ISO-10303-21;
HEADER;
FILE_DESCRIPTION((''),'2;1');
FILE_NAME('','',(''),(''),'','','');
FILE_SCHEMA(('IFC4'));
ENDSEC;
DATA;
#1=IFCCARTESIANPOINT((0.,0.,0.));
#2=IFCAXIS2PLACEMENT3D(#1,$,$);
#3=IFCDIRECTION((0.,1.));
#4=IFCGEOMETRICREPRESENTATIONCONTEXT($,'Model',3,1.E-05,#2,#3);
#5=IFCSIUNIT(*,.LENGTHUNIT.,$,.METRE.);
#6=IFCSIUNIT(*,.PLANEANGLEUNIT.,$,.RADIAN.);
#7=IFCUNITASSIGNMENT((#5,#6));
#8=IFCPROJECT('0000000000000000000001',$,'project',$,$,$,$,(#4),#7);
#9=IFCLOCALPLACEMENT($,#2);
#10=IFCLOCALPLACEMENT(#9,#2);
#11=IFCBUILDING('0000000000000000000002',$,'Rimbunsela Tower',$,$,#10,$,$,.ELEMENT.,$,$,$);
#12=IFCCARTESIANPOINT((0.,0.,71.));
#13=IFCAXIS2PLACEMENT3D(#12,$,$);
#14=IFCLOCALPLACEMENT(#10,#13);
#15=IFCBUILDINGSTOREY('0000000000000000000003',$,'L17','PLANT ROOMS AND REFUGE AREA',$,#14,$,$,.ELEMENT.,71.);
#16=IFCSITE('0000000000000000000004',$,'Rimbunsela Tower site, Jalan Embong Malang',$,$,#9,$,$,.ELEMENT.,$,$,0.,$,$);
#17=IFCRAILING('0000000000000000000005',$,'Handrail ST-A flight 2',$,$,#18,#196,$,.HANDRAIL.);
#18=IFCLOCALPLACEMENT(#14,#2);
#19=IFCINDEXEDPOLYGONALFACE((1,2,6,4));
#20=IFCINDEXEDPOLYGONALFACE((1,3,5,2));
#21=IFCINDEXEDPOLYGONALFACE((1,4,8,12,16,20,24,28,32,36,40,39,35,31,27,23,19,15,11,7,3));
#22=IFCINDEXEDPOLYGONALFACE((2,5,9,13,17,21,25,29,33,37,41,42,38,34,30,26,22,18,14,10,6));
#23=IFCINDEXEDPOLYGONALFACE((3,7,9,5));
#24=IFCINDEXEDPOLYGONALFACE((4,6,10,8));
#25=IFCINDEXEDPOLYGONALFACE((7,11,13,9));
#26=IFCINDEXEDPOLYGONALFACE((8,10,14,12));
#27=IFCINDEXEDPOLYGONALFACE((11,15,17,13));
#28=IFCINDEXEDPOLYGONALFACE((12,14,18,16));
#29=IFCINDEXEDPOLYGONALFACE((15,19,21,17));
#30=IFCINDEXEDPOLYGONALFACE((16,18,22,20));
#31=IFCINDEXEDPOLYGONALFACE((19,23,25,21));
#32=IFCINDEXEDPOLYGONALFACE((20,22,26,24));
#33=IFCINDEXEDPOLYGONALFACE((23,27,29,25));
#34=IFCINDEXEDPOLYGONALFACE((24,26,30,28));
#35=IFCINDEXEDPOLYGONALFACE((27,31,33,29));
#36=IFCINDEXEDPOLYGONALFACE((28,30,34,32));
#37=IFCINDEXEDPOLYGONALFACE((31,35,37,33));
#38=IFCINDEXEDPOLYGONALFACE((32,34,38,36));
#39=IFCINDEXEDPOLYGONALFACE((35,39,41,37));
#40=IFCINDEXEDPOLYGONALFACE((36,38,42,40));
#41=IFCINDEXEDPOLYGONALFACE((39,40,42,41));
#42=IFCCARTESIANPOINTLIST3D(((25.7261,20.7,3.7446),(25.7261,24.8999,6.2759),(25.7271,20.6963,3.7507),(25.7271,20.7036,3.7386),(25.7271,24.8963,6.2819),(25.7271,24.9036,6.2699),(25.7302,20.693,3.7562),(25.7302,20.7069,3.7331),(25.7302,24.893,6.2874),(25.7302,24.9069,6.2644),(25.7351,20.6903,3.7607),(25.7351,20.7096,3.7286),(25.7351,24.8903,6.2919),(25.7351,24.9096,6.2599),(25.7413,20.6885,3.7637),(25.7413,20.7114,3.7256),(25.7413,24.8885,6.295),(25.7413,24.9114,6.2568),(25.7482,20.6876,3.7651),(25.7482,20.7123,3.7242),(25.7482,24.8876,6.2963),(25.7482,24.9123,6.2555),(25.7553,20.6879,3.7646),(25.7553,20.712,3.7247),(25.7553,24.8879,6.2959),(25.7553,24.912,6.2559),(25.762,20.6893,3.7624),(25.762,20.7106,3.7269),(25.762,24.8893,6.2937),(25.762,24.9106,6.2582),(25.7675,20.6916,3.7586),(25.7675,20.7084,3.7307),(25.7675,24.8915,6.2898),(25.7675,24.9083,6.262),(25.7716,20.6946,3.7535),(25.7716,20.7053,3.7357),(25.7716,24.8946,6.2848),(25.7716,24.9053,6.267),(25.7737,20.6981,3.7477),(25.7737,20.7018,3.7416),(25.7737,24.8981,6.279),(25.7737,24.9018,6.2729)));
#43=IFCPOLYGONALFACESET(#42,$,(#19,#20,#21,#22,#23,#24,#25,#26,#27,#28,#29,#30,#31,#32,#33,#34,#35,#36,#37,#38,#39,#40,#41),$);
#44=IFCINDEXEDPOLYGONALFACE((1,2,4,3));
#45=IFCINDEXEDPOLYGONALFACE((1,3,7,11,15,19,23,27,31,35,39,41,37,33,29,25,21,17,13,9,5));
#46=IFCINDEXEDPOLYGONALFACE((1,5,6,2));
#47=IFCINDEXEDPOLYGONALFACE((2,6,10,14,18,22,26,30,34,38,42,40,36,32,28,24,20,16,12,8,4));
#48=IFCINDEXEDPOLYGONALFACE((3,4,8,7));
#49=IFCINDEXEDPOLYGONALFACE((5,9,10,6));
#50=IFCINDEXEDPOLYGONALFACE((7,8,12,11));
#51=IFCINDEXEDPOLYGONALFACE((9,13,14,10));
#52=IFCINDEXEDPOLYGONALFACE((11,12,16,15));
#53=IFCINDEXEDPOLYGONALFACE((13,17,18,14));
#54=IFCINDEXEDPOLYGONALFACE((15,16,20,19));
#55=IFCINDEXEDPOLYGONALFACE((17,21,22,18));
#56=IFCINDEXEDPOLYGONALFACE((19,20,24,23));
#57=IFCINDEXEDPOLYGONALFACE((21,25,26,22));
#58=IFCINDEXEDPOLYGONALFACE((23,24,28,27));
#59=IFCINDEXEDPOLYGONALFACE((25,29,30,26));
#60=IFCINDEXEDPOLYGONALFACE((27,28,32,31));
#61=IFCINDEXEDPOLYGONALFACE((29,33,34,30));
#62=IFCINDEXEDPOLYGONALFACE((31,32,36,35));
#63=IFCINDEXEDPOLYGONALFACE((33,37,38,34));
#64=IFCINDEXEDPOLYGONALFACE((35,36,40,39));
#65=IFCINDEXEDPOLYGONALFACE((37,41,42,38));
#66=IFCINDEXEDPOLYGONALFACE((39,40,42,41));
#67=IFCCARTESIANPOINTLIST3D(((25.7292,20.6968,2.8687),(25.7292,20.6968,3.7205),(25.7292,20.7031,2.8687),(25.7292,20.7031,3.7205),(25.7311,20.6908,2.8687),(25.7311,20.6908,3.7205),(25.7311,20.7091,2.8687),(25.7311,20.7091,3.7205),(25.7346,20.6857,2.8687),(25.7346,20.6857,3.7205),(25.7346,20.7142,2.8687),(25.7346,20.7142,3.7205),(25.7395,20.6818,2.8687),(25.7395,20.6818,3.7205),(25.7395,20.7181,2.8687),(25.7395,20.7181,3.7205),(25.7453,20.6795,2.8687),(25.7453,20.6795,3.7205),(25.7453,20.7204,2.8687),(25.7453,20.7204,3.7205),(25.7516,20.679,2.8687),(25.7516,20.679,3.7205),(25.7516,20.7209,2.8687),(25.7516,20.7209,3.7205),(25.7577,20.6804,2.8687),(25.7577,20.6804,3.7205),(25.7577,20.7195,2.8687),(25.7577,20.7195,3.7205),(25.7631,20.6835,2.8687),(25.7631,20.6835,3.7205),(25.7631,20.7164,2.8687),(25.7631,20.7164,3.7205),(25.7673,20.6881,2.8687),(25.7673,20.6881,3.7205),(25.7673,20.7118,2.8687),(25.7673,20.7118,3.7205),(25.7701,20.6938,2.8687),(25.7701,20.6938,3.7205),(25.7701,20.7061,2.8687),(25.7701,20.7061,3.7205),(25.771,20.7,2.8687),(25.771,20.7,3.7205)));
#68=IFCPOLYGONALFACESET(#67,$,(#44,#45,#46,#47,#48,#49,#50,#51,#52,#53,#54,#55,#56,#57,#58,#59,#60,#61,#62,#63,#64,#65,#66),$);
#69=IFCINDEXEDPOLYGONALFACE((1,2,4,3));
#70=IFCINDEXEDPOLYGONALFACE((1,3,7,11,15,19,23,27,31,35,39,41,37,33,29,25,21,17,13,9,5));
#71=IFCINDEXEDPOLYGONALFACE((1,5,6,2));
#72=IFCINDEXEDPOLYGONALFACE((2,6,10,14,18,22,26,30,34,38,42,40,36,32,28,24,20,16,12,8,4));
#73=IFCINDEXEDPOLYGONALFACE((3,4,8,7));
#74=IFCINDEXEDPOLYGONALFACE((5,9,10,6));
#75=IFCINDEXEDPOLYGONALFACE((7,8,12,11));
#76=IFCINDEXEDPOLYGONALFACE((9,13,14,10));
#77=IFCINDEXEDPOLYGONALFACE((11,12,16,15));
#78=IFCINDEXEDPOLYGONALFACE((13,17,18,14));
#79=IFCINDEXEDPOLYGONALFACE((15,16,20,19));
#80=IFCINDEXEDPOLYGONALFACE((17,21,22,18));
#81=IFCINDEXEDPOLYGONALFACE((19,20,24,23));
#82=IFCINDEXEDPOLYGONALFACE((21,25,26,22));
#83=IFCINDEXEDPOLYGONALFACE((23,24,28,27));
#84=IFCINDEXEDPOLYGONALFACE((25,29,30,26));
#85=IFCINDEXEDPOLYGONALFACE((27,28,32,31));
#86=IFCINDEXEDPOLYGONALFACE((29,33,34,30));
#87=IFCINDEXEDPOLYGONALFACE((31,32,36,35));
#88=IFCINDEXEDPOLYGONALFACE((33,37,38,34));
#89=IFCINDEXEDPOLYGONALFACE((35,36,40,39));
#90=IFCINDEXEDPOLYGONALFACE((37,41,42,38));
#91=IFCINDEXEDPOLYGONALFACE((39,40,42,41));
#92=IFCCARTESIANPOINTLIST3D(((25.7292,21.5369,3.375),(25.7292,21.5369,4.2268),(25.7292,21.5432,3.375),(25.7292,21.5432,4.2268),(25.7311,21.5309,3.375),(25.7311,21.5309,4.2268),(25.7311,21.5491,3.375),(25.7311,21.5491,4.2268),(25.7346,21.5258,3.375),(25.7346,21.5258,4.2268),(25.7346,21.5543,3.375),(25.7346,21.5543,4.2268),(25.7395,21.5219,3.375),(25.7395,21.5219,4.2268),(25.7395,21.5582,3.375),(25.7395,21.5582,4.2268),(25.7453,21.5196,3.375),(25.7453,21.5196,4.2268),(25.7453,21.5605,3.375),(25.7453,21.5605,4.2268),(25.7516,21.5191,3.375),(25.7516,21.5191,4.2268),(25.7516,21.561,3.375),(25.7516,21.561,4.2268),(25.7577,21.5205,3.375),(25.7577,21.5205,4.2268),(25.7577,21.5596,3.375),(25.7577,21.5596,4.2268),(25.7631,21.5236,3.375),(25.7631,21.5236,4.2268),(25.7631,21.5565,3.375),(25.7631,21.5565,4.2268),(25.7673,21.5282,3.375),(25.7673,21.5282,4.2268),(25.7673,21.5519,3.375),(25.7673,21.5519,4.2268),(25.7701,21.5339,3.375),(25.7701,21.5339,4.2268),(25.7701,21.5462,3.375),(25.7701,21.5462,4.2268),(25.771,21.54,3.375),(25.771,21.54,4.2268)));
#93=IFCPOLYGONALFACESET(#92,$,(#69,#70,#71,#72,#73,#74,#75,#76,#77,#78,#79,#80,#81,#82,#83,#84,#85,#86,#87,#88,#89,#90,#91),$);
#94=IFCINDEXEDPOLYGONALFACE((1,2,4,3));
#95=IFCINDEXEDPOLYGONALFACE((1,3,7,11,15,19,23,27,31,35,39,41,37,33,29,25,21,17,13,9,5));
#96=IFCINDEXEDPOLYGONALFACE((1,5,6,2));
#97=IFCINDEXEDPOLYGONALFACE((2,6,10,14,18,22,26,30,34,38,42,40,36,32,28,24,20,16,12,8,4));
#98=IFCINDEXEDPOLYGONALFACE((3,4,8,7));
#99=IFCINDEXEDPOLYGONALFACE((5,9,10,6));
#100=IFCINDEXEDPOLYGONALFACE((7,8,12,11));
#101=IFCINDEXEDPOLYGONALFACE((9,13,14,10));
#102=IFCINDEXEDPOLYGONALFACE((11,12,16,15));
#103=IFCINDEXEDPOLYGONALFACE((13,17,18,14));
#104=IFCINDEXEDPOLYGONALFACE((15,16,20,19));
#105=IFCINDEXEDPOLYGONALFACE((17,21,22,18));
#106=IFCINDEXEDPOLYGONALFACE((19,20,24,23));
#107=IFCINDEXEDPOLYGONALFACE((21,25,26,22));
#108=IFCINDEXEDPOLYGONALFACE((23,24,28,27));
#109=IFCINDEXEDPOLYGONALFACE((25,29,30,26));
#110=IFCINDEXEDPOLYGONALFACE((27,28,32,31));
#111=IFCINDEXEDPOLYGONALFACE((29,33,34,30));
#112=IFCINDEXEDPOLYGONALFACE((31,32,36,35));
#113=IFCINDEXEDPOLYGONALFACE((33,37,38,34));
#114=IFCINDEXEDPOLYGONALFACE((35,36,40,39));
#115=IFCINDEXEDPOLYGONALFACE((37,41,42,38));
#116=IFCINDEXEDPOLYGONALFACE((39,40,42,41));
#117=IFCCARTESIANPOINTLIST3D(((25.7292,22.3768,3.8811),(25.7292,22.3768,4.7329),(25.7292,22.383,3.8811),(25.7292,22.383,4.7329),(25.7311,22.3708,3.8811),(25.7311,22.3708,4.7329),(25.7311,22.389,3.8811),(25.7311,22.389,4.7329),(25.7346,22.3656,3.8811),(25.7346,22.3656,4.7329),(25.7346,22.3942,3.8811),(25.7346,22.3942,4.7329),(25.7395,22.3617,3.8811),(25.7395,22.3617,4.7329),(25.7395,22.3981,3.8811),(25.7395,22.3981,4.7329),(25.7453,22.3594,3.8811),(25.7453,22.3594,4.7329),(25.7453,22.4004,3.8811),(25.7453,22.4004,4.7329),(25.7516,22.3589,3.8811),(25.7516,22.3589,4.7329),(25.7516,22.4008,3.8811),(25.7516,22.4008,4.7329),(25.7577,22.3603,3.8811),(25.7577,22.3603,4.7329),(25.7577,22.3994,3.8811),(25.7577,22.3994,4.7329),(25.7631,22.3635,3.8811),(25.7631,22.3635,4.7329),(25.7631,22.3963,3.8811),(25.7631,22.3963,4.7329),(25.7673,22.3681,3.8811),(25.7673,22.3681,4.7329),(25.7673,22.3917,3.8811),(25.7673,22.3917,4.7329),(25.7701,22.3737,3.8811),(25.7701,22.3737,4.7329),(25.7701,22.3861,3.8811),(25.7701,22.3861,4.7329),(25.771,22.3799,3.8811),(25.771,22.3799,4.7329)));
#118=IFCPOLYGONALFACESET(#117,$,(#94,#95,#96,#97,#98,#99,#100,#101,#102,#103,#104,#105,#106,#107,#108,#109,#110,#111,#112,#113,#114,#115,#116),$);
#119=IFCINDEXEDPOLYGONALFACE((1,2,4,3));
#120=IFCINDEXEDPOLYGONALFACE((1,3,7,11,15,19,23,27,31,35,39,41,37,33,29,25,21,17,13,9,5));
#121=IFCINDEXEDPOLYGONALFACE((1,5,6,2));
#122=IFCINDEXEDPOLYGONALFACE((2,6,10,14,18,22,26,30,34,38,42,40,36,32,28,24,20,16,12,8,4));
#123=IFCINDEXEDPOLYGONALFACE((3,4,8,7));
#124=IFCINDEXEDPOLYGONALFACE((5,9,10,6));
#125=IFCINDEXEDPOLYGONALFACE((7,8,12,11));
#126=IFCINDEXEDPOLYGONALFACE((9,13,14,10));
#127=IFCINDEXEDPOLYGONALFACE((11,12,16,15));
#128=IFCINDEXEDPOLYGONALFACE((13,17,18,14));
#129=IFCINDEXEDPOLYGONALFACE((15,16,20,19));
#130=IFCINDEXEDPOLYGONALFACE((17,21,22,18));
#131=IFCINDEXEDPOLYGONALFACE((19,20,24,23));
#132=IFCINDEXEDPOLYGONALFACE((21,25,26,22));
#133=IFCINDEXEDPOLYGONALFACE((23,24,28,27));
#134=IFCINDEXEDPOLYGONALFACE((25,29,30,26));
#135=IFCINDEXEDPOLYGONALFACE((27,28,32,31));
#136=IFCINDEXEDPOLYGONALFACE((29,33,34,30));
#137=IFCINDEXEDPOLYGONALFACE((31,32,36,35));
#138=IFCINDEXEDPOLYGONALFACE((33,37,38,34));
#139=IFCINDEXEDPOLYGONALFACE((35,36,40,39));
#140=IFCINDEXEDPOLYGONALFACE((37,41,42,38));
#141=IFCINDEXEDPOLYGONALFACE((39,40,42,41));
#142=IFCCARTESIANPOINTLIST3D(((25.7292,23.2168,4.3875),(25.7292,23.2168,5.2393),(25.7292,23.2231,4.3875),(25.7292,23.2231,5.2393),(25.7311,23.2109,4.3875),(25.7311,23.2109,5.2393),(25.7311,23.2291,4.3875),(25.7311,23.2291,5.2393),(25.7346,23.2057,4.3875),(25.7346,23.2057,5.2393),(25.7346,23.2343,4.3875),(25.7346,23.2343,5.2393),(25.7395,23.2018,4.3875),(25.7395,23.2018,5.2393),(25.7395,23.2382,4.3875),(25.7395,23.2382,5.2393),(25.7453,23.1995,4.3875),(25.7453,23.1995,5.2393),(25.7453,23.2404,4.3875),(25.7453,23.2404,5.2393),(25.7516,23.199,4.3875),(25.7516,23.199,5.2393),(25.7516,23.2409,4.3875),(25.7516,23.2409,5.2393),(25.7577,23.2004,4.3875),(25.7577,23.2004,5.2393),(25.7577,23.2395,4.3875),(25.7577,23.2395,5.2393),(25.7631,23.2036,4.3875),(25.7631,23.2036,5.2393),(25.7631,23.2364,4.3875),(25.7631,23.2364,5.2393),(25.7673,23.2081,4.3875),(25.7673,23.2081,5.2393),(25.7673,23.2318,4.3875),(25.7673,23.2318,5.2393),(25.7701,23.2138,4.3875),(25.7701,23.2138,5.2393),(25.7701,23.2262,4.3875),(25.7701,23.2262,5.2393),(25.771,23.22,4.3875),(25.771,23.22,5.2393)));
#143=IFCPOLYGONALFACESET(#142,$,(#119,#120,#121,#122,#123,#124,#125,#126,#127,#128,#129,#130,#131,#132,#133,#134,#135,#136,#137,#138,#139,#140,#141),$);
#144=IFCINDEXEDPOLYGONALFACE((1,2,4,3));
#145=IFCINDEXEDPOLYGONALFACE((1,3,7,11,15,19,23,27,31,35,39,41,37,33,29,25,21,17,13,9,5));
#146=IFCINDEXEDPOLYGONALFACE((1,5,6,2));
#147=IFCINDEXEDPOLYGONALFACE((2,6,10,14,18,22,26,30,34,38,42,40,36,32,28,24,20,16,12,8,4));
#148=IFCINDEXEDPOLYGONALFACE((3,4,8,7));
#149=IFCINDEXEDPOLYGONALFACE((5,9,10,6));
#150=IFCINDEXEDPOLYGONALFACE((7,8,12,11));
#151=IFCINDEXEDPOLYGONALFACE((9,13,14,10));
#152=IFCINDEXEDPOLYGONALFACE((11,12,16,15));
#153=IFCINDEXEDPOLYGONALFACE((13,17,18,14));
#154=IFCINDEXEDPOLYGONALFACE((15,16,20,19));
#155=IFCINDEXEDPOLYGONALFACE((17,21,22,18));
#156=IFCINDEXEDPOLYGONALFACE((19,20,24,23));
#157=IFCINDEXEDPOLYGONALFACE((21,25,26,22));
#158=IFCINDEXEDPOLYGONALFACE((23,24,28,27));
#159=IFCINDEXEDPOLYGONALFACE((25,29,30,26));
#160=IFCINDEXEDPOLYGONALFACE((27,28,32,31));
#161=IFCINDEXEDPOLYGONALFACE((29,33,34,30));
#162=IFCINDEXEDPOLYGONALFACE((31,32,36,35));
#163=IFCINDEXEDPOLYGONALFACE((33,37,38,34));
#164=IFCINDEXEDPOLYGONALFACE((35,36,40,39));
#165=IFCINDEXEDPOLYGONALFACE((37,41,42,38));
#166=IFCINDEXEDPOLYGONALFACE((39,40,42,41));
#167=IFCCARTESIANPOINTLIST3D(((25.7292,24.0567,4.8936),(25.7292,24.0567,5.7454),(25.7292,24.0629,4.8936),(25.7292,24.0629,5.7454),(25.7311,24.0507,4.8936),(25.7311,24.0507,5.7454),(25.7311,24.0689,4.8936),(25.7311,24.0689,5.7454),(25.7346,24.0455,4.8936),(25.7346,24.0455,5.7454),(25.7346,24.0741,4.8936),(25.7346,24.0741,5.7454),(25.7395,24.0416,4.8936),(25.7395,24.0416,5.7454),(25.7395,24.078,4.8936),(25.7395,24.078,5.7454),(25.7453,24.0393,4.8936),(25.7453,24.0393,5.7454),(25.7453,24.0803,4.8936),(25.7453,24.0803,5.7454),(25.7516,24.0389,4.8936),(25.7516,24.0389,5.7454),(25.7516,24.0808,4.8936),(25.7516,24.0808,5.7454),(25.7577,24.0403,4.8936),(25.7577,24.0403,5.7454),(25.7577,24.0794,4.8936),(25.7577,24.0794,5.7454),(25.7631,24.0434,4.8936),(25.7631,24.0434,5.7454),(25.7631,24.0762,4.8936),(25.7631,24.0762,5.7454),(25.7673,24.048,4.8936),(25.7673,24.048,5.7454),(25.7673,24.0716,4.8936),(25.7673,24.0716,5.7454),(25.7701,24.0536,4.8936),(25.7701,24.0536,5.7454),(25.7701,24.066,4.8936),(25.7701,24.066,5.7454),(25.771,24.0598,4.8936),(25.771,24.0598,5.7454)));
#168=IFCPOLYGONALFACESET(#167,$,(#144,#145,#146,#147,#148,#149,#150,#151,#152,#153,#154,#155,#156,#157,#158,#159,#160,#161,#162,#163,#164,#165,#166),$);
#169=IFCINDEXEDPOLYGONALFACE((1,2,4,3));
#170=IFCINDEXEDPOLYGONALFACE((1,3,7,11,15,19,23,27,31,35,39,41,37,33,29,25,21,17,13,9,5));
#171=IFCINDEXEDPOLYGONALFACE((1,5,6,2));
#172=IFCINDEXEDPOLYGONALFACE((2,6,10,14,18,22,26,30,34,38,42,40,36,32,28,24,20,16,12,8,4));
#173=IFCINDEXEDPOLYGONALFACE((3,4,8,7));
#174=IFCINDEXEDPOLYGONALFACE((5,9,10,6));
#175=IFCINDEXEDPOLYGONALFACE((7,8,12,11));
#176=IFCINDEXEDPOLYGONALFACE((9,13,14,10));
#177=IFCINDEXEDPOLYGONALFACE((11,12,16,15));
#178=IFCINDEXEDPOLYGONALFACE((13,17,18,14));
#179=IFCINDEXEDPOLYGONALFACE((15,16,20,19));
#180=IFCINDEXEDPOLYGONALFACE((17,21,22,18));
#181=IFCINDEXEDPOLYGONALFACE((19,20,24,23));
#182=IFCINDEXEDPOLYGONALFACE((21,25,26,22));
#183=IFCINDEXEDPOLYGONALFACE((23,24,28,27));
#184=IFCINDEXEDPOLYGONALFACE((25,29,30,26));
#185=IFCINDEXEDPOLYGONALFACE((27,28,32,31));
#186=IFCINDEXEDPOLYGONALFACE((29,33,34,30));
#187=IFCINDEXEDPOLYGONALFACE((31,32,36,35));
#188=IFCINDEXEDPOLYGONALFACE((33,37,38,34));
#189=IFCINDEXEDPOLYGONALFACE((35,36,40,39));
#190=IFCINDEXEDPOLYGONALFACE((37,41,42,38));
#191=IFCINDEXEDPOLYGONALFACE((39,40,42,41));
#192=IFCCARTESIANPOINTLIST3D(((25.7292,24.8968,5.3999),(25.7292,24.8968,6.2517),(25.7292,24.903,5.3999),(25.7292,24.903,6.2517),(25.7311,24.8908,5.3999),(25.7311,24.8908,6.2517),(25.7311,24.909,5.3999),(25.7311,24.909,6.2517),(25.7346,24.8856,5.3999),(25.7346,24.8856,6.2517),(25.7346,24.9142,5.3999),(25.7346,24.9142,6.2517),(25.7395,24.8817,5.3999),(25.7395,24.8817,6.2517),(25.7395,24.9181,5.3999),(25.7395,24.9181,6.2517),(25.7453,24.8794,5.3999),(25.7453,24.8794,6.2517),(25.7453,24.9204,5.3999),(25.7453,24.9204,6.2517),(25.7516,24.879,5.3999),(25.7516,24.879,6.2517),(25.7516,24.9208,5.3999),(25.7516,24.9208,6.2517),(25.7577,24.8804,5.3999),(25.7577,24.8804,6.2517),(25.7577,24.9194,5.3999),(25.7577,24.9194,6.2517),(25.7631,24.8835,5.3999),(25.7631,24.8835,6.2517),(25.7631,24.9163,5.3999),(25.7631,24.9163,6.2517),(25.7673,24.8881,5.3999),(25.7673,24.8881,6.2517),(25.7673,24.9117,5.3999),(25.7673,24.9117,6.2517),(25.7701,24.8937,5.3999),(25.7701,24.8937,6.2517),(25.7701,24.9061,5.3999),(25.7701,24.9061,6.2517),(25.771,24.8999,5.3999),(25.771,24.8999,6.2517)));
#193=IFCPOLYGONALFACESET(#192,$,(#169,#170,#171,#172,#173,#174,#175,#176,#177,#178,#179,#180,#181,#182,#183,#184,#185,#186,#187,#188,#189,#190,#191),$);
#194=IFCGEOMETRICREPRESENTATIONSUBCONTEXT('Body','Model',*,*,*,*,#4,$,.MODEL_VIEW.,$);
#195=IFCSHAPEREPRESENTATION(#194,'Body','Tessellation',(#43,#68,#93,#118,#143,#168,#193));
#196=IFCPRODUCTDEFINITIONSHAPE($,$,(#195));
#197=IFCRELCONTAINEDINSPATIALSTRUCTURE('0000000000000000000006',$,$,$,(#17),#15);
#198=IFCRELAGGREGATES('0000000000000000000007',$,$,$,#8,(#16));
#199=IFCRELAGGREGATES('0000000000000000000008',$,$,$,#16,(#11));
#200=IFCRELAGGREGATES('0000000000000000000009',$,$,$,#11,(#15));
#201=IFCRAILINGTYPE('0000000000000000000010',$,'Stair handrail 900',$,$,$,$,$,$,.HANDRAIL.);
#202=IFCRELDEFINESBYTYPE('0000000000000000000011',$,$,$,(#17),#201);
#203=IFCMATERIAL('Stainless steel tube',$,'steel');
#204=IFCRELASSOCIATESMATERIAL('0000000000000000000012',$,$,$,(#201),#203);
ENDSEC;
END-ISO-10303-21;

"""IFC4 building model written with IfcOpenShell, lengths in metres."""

from ifc_helpers import new_model, si_unit, direction, frame, origin, origin_2d, place, context, subcontext, project, spatial, circle, extrude, material, type_object, element, save


model = new_model("IFC4")

# Units and contexts
model_context = context("Model", 3, precision=1e-05, world=origin(), true_north=direction((0.0, 1.0)))
body_context = subcontext(model_context, "Body", "Model", "MODEL_VIEW")
ifc_project = project(units=[si_unit("LENGTHUNIT", "METRE"), si_unit("PLANEANGLEUNIT", "RADIAN")], contexts=[model_context])

# Site, building, storey
site_placement = place(None, origin())
site = spatial("IfcSite", under=ifc_project, at=site_placement, Name="Rimbunsela Tower site, Jalan Embong Malang", CompositionType="ELEMENT", RefElevation=0.0)
building_placement = place(site_placement, origin())
building = spatial("IfcBuilding", under=site, at=building_placement, Name="Rimbunsela Tower", CompositionType="ELEMENT")
storey_placement = place(building_placement, frame((0.0, 0.0, 71.0)))
storey = spatial("IfcBuildingStorey", under=building, at=storey_placement, Name="L17", Description="PLANT ROOMS AND REFUGE AREA", CompositionType="ELEMENT", Elevation=71.0)

# Railing
ifc_material_1 = material(Name="Stainless steel tube", Category="steel")
railing_type = type_object("IfcRailingType", Name="Stair handrail 900", PredefinedType="HANDRAIL", material=ifc_material_1)
railing_1_placement = place(storey_placement, frame((25.75, 20.7, 2.8687)))
element("IfcRailing", 1, at=railing_1_placement, inside=storey, type_object=railing_type, Name="Handrail ST-A flight 2", PredefinedType="HANDRAIL", context=body_context, shape_type="SweptSolid", body=[
    extrude(circle(Radius=0.0239, at=origin_2d()), frame((0.0, 0.0, 0.876), z_axis=(0.0, 0.856476, 0.516186), x_axis=(-1.0, 0.0, 0.0)), (0.0, 0.0, 1.0), 4.9038),
    extrude(circle(Radius=0.021, at=origin_2d()), origin(), (0.0, 0.0, 1.0), 0.8518),
    extrude(circle(Radius=0.021, at=origin_2d()), frame((0.0, 0.8401, 0.5063)), (0.0, 0.0, 1.0), 0.8518),
    extrude(circle(Radius=0.021, at=origin_2d()), frame((0.0, 1.6799, 1.0125)), (0.0, 0.0, 1.0), 0.8518),
    extrude(circle(Radius=0.021, at=origin_2d()), frame((0.0, 2.52, 1.5188)), (0.0, 0.0, 1.0), 0.8518),
    extrude(circle(Radius=0.021, at=origin_2d()), frame((0.0, 3.3599, 2.0249)), (0.0, 0.0, 1.0), 0.8518),
    extrude(circle(Radius=0.021, at=origin_2d()), frame((0.0, 4.2, 2.5312)), (0.0, 0.0, 1.0), 0.8518),
])

save(model, "model.ifc")
